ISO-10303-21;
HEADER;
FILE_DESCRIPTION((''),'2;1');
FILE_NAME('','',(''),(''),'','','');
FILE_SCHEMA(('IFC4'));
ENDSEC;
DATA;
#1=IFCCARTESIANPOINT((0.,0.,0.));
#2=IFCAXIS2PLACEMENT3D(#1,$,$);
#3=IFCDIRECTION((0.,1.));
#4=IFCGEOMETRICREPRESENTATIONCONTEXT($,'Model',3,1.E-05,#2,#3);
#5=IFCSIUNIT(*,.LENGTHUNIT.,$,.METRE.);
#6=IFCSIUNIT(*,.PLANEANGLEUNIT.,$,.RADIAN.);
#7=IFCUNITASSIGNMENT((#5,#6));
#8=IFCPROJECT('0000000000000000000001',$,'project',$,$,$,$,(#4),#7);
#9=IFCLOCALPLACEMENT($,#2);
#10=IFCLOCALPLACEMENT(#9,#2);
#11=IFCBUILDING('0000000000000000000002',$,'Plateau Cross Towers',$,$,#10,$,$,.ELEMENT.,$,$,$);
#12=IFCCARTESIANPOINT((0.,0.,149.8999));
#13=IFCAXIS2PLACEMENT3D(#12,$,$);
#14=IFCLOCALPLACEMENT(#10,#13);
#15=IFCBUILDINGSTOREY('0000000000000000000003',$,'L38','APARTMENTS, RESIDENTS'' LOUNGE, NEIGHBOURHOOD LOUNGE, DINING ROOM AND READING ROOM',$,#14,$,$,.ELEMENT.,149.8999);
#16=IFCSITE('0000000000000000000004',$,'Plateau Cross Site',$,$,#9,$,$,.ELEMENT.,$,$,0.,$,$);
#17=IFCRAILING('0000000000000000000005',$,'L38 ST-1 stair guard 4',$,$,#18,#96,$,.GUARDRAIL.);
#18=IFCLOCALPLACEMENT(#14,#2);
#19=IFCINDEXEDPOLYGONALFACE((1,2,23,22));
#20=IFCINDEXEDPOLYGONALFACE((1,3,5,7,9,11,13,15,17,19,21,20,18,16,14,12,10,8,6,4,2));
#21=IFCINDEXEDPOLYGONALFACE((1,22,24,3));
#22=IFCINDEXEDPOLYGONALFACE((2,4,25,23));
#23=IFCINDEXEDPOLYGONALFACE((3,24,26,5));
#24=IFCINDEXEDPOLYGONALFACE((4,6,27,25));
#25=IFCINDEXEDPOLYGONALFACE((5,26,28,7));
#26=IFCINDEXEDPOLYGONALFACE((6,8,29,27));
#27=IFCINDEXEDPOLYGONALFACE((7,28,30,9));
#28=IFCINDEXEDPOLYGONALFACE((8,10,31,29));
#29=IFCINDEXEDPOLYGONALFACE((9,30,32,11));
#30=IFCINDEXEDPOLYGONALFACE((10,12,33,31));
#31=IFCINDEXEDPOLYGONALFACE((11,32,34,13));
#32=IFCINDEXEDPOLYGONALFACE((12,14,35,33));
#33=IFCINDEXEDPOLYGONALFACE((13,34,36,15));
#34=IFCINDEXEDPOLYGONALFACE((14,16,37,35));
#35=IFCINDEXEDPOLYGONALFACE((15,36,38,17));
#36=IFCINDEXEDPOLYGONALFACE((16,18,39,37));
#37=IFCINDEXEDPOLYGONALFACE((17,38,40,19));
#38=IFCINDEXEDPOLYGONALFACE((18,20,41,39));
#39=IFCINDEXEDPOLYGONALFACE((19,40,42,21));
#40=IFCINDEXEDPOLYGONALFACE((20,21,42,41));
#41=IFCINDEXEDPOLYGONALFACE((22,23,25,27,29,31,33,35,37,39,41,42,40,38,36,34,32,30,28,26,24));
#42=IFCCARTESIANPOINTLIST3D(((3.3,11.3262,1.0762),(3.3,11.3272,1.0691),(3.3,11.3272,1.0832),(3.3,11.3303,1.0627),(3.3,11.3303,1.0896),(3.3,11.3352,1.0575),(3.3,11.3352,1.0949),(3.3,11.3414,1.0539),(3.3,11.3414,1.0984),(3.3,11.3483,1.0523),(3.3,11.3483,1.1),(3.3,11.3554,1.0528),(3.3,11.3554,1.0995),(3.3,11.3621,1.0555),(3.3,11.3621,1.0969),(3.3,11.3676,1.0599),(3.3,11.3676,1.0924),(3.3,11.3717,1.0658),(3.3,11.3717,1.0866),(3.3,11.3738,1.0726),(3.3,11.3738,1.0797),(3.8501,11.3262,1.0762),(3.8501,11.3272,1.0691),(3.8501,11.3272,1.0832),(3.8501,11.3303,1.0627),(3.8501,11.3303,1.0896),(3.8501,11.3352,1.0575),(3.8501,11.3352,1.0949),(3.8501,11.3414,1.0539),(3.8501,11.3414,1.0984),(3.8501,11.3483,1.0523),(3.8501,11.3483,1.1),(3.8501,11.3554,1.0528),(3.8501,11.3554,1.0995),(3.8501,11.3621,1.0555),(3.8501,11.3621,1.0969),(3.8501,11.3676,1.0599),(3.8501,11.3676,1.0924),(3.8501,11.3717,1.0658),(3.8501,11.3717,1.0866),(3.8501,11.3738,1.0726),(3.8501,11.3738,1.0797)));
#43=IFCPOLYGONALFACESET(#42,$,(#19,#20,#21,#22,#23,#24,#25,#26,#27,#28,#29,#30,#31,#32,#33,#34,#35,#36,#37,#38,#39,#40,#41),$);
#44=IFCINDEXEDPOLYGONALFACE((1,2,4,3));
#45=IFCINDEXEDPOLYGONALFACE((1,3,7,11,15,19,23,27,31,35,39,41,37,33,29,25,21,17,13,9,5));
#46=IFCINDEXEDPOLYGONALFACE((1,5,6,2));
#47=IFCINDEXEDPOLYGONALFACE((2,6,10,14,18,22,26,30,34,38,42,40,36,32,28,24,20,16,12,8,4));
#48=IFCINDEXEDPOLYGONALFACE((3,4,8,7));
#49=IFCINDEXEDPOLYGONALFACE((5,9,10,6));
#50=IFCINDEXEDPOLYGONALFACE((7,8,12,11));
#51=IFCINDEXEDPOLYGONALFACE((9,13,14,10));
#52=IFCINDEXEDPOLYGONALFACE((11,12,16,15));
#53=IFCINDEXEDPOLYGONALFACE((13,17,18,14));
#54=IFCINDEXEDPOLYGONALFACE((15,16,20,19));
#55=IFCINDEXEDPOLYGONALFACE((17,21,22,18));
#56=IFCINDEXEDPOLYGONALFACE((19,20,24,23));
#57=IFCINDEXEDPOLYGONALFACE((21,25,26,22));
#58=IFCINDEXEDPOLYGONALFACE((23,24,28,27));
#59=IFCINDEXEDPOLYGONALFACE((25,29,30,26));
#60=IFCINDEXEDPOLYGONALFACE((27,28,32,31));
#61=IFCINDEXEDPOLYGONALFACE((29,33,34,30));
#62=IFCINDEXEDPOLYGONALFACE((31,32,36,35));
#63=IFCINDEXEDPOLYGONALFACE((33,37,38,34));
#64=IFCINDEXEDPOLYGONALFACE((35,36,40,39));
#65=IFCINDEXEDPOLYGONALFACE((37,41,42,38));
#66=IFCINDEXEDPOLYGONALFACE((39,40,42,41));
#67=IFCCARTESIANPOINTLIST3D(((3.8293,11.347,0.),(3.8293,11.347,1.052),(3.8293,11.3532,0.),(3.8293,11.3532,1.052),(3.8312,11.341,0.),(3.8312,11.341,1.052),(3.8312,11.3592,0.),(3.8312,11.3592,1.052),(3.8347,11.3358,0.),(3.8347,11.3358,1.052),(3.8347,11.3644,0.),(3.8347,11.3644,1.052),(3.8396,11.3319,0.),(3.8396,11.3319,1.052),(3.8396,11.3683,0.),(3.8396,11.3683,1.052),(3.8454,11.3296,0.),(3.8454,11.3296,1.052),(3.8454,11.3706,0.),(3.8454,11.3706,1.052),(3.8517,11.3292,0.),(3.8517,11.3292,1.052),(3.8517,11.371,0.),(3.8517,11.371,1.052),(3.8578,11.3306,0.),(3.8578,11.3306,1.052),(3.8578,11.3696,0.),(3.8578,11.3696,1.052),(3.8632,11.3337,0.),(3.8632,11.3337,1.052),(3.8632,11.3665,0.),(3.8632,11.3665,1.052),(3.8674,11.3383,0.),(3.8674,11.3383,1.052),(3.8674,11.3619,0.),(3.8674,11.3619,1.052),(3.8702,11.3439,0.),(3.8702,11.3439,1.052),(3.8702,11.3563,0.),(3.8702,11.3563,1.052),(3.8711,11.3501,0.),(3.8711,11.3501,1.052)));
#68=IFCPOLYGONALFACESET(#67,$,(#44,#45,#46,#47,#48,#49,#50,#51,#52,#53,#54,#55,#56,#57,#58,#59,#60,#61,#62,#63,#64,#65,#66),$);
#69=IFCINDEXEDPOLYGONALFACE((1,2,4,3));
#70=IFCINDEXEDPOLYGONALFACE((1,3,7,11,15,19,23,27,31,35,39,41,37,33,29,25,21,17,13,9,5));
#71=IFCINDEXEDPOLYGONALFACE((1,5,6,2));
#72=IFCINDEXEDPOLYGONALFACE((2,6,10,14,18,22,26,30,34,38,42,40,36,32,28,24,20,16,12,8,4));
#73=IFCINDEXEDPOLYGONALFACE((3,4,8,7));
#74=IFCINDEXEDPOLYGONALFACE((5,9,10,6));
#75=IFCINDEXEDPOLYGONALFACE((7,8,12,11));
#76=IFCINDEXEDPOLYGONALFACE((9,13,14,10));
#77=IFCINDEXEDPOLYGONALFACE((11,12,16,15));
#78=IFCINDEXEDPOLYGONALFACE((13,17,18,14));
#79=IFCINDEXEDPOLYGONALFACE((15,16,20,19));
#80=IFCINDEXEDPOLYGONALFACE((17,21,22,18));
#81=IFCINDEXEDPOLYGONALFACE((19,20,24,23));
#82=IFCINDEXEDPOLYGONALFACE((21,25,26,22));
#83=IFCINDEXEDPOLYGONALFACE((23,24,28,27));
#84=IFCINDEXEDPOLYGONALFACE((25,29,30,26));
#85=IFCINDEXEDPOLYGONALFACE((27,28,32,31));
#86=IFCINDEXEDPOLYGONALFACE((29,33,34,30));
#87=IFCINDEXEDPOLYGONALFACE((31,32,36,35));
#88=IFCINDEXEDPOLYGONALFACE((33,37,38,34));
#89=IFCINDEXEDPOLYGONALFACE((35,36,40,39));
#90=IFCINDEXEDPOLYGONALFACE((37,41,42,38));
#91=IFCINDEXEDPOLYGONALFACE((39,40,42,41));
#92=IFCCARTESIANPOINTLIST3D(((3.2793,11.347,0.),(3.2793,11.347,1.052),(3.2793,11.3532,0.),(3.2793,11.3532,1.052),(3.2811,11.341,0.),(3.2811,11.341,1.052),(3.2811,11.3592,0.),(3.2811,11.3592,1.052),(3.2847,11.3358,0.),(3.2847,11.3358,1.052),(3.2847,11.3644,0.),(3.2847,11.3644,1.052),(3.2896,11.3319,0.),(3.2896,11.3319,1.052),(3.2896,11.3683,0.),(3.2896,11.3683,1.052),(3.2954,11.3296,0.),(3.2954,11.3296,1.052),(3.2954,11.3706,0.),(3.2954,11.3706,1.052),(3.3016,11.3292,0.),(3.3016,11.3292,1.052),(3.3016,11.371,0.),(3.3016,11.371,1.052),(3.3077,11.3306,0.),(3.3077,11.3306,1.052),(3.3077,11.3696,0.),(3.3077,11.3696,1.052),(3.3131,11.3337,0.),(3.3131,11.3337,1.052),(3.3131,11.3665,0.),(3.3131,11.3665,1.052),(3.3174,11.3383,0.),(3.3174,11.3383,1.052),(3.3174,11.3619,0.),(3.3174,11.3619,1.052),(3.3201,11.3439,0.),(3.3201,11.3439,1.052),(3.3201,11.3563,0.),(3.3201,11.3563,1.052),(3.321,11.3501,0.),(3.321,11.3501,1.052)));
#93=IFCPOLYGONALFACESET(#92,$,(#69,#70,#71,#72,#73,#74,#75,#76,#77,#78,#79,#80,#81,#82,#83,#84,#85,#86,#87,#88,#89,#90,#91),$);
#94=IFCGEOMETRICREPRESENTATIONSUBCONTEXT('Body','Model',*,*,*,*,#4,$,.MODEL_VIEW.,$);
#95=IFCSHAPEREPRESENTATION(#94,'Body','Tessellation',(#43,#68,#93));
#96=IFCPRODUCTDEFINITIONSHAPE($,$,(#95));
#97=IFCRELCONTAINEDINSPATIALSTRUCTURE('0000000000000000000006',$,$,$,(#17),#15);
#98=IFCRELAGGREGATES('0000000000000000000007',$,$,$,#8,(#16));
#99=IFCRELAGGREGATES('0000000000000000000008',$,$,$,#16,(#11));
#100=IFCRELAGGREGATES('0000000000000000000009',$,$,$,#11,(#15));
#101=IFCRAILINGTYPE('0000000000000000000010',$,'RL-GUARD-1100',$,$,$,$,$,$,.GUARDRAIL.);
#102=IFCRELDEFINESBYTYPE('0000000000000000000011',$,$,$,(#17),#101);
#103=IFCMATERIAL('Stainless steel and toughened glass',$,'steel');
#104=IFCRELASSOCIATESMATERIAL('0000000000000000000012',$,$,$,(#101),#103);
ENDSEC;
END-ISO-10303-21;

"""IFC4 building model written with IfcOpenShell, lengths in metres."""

from ifc_helpers import new_model, si_unit, direction, frame, origin, origin_2d, place, context, subcontext, project, spatial, circle, extrude, material, type_object, element, save


model = new_model("IFC4")

# Units and contexts
model_context = context("Model", 3, precision=1e-05, world=origin(), true_north=direction((0.0, 1.0)))
body_context = subcontext(model_context, "Body", "Model", "MODEL_VIEW")
ifc_project = project(units=[si_unit("LENGTHUNIT", "METRE"), si_unit("PLANEANGLEUNIT", "RADIAN")], contexts=[model_context])

# Site, building, storey
site_placement = place(None, origin())
site = spatial("IfcSite", under=ifc_project, at=site_placement, Name="Plateau Cross Site", CompositionType="ELEMENT", RefElevation=0.0)
building_placement = place(site_placement, origin())
building = spatial("IfcBuilding", under=site, at=building_placement, Name="Plateau Cross Towers", CompositionType="ELEMENT")
storey_placement = place(building_placement, frame((0.0, 0.0, 149.8999)))
storey = spatial("IfcBuildingStorey", under=building, at=storey_placement, Name="L38", Description="APARTMENTS, RESIDENTS' LOUNGE, NEIGHBOURHOOD LOUNGE, DINING ROOM AND READING ROOM", CompositionType="ELEMENT", Elevation=149.8999)

# Railing
ifc_material_1 = material(Name="Stainless steel and toughened glass", Category="steel")
railing_type_1 = type_object("IfcRailingType", Name="RL-GUARD-1100", PredefinedType="GUARDRAIL", material=ifc_material_1)
railing_1_placement = place(storey_placement, frame((3.8501, 11.3501, 0.0)))
element("IfcRailing", 1, at=railing_1_placement, inside=storey, type_object=railing_type_1, Name="L38 ST-1 stair guard 4", PredefinedType="GUARDRAIL", context=body_context, shape_type="SweptSolid", body=[
    extrude(circle(Radius=0.0239, at=origin_2d()), frame((0.0, 0.0, 1.0762), z_axis=(-1.0, 0.0, 0.0), x_axis=(0.0, -1.0, 0.0)), (0.0, 0.0, 1.0), 0.55),
    extrude(circle(Radius=0.021, at=origin_2d()), origin(), (0.0, 0.0, 1.0), 1.052),
    extrude(circle(Radius=0.021, at=origin_2d()), frame((-0.55, 0.0, 0.0)), (0.0, 0.0, 1.0), 1.052),
])

save(model, "model.ifc")
